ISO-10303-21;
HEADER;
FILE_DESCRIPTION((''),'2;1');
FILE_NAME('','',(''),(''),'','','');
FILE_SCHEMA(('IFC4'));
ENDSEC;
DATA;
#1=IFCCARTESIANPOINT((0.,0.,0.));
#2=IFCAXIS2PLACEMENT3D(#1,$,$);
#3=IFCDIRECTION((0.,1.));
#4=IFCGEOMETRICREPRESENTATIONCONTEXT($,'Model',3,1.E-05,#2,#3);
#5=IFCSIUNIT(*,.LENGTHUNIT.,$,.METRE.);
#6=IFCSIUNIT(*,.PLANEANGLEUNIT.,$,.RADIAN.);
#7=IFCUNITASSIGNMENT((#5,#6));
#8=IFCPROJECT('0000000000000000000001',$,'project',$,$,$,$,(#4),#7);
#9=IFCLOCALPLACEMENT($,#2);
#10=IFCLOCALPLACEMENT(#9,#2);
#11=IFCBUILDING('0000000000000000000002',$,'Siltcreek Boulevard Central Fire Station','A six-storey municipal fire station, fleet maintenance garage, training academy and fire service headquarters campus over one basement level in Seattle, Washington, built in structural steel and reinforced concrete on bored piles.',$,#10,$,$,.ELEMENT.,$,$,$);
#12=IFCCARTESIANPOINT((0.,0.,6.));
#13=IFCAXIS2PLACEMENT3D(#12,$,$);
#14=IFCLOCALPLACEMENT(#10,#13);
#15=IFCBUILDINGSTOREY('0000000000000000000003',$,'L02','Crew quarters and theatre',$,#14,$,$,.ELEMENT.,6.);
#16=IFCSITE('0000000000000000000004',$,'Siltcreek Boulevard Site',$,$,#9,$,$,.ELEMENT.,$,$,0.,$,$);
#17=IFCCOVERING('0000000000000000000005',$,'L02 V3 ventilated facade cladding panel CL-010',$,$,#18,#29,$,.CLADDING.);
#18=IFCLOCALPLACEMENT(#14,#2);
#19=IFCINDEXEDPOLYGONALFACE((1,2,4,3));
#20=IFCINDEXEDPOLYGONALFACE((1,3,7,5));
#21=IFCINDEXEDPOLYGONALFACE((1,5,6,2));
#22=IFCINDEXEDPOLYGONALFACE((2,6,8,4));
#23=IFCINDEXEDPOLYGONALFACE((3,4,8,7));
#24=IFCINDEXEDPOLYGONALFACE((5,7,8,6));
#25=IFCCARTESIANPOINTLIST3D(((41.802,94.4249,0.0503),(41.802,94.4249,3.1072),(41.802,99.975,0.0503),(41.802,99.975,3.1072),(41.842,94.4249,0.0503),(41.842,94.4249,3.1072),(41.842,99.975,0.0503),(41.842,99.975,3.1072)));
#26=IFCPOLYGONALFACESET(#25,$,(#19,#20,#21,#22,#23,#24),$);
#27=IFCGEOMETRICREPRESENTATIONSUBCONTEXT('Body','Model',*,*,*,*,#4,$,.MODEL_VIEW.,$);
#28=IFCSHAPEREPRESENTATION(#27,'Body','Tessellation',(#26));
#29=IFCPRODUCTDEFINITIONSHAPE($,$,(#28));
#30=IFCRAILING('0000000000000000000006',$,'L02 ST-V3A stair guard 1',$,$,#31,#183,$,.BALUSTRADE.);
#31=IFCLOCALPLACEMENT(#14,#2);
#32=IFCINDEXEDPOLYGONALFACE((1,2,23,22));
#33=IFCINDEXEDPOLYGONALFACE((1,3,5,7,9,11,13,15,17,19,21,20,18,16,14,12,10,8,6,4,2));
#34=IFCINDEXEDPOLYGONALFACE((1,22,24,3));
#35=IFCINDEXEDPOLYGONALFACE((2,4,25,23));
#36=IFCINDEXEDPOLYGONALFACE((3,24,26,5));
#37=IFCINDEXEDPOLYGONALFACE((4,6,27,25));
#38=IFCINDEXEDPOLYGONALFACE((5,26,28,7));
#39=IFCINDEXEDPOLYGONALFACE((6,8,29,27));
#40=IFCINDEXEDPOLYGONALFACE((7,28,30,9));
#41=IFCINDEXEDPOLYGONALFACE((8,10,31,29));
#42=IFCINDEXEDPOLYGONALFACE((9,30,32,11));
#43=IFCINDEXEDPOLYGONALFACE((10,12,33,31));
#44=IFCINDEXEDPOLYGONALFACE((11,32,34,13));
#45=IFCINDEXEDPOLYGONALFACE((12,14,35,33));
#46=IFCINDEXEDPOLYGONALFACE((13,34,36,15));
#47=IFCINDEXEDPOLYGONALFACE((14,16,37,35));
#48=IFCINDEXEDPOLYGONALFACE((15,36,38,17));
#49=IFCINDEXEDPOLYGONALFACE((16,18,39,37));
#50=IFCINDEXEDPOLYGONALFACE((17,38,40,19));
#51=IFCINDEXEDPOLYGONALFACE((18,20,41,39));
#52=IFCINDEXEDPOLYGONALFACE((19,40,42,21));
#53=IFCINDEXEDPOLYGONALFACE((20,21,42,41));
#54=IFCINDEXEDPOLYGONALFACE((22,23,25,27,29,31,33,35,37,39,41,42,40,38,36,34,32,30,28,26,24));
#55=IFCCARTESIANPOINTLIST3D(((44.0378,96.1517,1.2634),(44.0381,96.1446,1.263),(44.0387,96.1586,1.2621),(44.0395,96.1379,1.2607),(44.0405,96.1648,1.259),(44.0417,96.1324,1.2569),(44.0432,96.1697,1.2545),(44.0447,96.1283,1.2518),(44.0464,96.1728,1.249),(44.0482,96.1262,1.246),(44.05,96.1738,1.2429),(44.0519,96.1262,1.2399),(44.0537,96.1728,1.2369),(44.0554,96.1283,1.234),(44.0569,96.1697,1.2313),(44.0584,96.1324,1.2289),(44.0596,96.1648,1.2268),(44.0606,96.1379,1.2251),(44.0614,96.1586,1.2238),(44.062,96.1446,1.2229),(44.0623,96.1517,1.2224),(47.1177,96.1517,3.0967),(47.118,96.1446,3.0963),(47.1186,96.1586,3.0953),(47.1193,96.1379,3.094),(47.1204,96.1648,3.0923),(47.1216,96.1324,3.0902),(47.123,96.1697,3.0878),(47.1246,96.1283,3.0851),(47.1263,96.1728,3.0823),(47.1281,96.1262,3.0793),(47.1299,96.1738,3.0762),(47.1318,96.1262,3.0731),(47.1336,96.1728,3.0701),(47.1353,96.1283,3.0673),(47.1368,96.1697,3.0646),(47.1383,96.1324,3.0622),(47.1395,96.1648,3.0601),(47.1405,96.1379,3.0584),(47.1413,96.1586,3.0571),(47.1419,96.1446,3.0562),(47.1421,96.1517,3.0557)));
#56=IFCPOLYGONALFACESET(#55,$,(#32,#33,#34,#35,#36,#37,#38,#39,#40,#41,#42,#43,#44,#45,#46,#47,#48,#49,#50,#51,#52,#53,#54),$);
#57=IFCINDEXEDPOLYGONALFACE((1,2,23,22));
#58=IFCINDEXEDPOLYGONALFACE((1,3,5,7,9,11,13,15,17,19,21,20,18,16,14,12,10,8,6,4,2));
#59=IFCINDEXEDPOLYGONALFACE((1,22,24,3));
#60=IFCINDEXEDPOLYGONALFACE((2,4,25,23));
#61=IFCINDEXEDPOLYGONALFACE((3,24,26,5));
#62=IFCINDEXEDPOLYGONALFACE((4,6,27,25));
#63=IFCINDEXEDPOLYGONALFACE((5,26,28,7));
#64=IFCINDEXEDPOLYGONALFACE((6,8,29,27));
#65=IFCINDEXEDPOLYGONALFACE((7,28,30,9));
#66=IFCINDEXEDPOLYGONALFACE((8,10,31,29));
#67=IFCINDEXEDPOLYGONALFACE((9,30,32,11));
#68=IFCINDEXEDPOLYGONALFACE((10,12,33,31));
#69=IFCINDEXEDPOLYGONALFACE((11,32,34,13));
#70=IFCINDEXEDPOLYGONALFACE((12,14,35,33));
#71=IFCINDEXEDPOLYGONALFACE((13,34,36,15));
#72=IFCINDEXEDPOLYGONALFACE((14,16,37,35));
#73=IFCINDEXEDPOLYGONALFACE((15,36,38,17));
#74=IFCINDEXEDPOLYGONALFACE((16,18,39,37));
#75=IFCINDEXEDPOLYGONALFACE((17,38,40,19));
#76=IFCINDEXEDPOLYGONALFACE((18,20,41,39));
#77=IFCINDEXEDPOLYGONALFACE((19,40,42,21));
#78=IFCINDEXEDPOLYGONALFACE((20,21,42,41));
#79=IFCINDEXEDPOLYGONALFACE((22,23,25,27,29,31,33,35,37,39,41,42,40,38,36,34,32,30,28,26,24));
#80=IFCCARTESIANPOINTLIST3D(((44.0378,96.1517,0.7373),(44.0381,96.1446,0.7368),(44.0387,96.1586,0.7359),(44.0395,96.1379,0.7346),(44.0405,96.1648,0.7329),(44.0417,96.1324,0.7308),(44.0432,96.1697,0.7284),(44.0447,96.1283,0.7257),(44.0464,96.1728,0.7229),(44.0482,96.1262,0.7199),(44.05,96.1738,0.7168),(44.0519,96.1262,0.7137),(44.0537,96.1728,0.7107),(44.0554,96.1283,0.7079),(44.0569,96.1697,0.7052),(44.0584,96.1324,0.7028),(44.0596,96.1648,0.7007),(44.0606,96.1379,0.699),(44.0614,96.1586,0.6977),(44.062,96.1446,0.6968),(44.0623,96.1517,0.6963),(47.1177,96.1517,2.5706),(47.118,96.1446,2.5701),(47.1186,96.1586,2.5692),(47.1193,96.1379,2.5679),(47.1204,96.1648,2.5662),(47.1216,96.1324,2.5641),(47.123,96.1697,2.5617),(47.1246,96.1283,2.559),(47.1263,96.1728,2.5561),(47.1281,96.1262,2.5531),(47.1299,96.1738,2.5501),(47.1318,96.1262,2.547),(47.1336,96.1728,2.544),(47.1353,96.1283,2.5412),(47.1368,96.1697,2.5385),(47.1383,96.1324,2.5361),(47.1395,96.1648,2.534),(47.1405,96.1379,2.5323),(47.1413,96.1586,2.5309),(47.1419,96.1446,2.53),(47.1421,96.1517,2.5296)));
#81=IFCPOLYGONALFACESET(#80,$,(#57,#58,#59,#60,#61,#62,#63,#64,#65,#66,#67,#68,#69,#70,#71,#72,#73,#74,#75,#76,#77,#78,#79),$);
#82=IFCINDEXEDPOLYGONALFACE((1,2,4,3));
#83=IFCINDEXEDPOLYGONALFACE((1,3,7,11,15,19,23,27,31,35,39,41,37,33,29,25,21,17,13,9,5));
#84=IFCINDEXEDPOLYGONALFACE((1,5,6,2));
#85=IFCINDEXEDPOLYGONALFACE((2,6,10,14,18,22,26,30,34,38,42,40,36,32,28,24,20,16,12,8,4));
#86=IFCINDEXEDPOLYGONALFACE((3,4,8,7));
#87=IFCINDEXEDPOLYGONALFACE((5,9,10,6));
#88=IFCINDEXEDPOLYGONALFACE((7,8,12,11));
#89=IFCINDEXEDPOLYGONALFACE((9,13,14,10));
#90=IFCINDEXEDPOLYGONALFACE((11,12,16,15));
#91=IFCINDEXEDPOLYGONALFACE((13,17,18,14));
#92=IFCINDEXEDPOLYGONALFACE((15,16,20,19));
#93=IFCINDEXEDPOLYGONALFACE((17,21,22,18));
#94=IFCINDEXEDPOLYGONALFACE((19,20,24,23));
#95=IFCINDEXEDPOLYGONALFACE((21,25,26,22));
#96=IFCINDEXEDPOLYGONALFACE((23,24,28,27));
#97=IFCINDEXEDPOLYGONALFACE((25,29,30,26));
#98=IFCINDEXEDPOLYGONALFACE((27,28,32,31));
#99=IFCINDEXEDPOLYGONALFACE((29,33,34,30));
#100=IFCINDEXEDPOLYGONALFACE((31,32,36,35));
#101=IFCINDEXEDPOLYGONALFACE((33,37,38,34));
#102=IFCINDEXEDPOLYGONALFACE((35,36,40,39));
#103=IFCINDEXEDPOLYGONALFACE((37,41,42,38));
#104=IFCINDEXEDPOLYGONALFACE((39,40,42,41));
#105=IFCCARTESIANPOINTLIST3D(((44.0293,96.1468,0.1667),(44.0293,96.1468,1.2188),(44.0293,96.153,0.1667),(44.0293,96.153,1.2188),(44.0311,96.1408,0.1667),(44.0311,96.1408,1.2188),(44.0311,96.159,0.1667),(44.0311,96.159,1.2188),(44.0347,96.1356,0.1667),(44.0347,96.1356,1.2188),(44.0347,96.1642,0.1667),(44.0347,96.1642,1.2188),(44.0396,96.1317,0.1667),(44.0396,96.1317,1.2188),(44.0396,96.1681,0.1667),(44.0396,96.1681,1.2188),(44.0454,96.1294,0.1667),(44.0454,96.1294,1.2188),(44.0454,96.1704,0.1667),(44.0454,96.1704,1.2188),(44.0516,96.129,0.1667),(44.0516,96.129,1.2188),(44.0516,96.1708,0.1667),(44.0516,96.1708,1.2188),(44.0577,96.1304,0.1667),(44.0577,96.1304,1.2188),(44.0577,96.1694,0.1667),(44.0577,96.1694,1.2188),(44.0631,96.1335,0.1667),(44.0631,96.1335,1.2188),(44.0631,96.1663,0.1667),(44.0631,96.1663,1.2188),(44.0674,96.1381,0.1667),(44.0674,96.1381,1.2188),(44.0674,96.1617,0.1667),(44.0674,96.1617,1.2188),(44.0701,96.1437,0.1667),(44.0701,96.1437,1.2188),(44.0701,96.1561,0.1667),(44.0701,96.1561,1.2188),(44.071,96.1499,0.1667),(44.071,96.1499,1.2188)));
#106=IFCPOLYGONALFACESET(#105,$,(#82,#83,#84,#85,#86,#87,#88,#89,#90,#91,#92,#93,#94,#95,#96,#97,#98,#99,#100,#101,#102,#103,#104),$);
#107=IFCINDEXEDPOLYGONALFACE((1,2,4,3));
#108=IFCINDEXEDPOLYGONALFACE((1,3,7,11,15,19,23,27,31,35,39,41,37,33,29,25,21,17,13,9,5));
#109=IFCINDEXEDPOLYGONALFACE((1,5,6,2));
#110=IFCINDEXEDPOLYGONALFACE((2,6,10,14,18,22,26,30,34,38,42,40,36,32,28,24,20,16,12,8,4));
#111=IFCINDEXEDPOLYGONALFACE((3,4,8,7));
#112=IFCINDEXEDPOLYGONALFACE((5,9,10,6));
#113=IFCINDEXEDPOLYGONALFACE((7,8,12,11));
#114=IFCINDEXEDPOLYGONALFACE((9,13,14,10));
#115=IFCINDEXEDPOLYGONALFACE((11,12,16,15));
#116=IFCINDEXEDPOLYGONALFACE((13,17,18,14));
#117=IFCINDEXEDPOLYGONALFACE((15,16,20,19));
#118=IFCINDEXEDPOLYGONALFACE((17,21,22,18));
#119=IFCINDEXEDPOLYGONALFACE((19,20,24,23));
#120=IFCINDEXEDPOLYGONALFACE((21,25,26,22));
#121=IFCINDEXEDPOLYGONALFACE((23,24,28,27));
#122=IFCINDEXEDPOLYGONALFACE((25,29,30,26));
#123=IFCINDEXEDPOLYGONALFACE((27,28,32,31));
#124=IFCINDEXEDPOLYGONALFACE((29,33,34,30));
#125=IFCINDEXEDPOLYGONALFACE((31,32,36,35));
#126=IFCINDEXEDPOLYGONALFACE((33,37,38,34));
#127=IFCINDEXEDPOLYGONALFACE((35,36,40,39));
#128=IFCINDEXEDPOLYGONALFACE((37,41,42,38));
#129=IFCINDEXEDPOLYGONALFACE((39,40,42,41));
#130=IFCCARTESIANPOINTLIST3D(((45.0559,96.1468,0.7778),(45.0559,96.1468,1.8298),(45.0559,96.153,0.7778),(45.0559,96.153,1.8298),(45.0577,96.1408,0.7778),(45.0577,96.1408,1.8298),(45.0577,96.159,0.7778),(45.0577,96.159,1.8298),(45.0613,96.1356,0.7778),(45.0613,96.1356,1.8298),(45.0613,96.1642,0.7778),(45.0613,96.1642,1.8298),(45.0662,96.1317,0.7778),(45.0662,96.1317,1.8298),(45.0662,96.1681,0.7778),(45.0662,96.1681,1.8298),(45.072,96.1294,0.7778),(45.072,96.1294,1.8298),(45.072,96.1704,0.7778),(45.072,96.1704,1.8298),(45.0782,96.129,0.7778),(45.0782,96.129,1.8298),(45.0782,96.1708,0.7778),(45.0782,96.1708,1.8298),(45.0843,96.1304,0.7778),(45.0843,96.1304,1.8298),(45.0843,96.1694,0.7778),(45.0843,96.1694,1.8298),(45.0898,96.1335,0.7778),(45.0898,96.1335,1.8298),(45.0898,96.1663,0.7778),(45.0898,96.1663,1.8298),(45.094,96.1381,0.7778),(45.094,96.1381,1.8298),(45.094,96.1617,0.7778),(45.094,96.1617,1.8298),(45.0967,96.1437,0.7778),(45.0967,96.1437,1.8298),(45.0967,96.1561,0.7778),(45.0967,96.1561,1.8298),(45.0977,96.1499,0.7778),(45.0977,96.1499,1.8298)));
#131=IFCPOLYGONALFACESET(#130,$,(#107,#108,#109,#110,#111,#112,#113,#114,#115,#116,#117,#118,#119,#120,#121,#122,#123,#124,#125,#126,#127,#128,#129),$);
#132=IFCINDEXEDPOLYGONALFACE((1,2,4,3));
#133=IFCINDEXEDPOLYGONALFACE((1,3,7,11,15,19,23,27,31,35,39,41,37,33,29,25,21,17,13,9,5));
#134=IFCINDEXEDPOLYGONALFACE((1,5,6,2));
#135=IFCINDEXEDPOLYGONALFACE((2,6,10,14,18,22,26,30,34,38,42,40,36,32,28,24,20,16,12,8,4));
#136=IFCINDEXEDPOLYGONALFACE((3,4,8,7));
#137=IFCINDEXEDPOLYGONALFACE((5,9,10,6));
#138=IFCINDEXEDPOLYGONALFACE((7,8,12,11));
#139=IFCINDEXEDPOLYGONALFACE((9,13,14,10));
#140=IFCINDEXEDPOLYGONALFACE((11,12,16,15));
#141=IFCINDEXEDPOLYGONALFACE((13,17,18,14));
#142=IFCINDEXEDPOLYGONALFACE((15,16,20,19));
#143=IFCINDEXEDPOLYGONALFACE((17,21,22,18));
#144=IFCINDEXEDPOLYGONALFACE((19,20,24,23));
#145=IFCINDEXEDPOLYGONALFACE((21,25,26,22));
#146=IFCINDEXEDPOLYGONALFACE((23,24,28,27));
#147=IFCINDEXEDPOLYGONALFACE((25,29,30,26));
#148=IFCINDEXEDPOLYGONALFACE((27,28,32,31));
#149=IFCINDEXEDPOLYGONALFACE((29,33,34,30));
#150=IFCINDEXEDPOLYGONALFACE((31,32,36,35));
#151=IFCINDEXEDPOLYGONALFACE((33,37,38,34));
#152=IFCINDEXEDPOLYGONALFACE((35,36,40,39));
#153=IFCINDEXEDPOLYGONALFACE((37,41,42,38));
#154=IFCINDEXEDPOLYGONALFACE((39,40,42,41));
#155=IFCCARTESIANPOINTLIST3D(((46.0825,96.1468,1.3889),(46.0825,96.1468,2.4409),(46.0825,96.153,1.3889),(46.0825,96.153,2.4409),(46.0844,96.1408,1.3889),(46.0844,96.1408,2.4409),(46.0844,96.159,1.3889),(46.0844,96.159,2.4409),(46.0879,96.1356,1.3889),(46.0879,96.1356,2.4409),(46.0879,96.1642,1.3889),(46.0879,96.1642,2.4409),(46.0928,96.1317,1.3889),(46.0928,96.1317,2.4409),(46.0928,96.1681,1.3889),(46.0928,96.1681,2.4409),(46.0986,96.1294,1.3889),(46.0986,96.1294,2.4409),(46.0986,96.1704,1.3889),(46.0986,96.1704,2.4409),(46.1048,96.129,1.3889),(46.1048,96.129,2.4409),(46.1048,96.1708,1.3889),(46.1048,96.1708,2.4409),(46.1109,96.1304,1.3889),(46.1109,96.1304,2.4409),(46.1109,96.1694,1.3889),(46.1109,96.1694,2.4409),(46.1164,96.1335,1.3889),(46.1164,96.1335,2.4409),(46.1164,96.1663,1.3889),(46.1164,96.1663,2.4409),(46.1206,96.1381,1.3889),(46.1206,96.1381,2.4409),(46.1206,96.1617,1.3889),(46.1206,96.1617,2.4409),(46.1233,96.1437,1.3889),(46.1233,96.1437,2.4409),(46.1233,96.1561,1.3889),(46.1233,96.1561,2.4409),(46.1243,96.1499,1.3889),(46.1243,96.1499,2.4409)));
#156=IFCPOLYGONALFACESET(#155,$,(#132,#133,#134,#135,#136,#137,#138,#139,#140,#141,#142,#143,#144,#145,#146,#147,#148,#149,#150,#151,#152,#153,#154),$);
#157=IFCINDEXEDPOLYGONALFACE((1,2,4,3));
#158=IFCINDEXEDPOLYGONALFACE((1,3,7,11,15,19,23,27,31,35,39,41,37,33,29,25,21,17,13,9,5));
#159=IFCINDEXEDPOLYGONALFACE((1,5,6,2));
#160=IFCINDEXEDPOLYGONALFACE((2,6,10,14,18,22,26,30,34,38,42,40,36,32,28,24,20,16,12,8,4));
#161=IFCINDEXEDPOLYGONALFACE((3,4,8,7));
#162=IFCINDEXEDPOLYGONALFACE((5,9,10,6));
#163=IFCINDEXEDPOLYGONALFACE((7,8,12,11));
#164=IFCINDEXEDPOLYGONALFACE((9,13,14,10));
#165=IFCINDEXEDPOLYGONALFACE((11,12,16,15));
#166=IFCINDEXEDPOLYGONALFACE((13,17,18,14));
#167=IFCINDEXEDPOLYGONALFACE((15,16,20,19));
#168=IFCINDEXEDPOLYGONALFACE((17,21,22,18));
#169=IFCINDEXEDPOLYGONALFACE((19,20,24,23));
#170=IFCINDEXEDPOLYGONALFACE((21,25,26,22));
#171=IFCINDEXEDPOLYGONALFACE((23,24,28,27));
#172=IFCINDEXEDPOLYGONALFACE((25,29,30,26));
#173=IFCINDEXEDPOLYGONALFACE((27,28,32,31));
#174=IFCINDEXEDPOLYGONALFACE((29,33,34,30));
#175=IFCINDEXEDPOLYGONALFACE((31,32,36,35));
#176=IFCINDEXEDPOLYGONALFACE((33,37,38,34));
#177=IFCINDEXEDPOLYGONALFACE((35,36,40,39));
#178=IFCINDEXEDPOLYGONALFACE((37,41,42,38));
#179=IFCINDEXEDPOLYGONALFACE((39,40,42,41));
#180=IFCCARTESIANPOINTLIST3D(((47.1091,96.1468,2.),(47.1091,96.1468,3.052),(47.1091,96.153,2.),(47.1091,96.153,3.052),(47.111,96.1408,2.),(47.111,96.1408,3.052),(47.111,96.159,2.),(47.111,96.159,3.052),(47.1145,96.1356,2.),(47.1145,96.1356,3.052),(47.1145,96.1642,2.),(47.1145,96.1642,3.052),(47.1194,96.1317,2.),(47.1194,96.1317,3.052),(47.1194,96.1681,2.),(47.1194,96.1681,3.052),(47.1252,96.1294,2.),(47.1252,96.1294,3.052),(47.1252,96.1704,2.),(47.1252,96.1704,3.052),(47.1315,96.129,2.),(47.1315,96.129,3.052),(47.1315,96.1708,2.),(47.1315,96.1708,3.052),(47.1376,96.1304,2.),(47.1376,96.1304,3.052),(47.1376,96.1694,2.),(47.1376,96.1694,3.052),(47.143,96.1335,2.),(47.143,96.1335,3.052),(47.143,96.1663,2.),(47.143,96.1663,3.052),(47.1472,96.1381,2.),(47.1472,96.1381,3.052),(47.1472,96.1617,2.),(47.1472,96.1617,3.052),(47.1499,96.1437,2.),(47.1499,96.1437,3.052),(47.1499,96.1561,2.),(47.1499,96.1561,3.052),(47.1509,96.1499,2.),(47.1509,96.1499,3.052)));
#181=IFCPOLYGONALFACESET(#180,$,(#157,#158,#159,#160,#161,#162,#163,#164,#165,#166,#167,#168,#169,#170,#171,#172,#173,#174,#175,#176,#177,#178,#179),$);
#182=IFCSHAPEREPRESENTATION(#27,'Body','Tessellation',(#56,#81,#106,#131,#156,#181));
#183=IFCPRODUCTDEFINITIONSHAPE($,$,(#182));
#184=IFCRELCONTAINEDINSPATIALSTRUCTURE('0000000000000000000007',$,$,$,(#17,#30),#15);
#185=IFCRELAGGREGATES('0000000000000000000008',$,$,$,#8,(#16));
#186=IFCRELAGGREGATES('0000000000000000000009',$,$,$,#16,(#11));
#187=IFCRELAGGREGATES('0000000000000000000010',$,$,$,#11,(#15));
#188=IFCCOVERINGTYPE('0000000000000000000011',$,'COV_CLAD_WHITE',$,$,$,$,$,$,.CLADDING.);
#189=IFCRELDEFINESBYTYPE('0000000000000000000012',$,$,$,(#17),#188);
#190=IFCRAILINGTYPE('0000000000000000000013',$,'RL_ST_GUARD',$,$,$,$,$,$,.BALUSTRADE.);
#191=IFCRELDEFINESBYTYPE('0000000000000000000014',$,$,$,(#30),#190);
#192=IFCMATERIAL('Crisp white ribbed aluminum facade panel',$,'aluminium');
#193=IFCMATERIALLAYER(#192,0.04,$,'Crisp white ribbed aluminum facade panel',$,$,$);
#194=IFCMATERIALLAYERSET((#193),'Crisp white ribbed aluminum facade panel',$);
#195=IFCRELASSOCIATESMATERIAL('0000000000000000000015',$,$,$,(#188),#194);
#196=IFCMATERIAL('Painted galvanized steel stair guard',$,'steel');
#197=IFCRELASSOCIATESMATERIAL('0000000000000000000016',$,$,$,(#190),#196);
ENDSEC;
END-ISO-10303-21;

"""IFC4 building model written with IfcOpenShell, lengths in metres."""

from ifc_helpers import new_model, si_unit, direction, frame, origin, origin_2d, place, context, subcontext, project, spatial, rectangle, circle, extrude, material, layer, layer_set, type_object, element, save


model = new_model("IFC4")

# Units and contexts
model_context = context("Model", 3, precision=1e-05, world=origin(), true_north=direction((0.0, 1.0)))
body_context = subcontext(model_context, "Body", "Model", "MODEL_VIEW")
ifc_project = project(units=[si_unit("LENGTHUNIT", "METRE"), si_unit("PLANEANGLEUNIT", "RADIAN")], contexts=[model_context])

# Site, building, storey
site_placement = place(None, origin())
site = spatial("IfcSite", under=ifc_project, at=site_placement, Name="Siltcreek Boulevard Site", CompositionType="ELEMENT", RefElevation=0.0)
building_placement = place(site_placement, origin())
building = spatial("IfcBuilding", under=site, at=building_placement, Name="Siltcreek Boulevard Central Fire Station", Description="A six-storey municipal fire station, fleet maintenance garage, training academy and fire service headquarters campus over one basement level in Seattle, Washington, built in structural steel and reinforced concrete on bored piles.", CompositionType="ELEMENT")
storey_placement = place(building_placement, frame((0.0, 0.0, 6.0)))
storey = spatial("IfcBuildingStorey", under=building, at=storey_placement, Name="L02", Description="Crew quarters and theatre", CompositionType="ELEMENT", Elevation=6.0)

# Covering
ifc_material_1 = material(Name="Crisp white ribbed aluminum facade panel", Category="aluminium")
ifc_layer_1 = layer(ifc_material_1, 0.04, Name="Crisp white ribbed aluminum facade panel")
ifc_layer_set_1 = layer_set([ifc_layer_1], Name="Crisp white ribbed aluminum facade panel")
covering_type = type_object("IfcCoveringType", Name="COV_CLAD_WHITE", PredefinedType="CLADDING", material=ifc_layer_set_1)
covering_placement = place(storey_placement, frame((41.822, 97.2, 0.0503), z_axis=(0.0, 0.0, 1.0), x_axis=(0.0, -1.0, 0.0)))
element("IfcCovering", 1, at=covering_placement, inside=storey, type_object=covering_type, Name="L02 V3 ventilated facade cladding panel CL-010", PredefinedType="CLADDING", context=body_context, shape_type="SweptSolid", body=[
    extrude(rectangle(XDim=5.55, YDim=0.04, at=origin_2d()), origin(), (0.0, 0.0, 1.0), 3.0569),
])

# Railing
ifc_material_2 = material(Name="Painted galvanized steel stair guard", Category="steel")
railing_type_1 = type_object("IfcRailingType", Name="RL_ST_GUARD", PredefinedType="BALUSTRADE", material=ifc_material_2)
railing_1_placement = place(storey_placement, frame((44.05, 96.1499, 0.1667)))
element("IfcRailing", 2, at=railing_1_placement, inside=storey, type_object=railing_type_1, Name="L02 ST-V3A stair guard 1", PredefinedType="BALUSTRADE", context=body_context, shape_type="SweptSolid", body=[
    extrude(circle(Radius=0.0239, at=origin_2d()), frame((0.0, 0.0, 1.0762), z_axis=(0.859291, 0.0, 0.511487), x_axis=(0.0, 1.0, 0.0)), (0.0, 0.0, 1.0), 3.5842),
    extrude(circle(Radius=0.0239, at=origin_2d()), frame((0.0, 0.0, 0.55), z_axis=(0.859291, 0.0, 0.511487), x_axis=(0.0, 1.0, 0.0)), (0.0, 0.0, 1.0), 3.5842),
    extrude(circle(Radius=0.021, at=origin_2d()), origin(), (0.0, 0.0, 1.0), 1.052),
    extrude(circle(Radius=0.021, at=origin_2d()), frame((1.0266, 0.0, 0.6111)), (0.0, 0.0, 1.0), 1.052),
    extrude(circle(Radius=0.021, at=origin_2d()), frame((2.0532, 0.0, 1.2222)), (0.0, 0.0, 1.0), 1.052),
    extrude(circle(Radius=0.021, at=origin_2d()), frame((3.0798, 0.0, 1.8333)), (0.0, 0.0, 1.0), 1.052),
])

save(model, "model.ifc")
